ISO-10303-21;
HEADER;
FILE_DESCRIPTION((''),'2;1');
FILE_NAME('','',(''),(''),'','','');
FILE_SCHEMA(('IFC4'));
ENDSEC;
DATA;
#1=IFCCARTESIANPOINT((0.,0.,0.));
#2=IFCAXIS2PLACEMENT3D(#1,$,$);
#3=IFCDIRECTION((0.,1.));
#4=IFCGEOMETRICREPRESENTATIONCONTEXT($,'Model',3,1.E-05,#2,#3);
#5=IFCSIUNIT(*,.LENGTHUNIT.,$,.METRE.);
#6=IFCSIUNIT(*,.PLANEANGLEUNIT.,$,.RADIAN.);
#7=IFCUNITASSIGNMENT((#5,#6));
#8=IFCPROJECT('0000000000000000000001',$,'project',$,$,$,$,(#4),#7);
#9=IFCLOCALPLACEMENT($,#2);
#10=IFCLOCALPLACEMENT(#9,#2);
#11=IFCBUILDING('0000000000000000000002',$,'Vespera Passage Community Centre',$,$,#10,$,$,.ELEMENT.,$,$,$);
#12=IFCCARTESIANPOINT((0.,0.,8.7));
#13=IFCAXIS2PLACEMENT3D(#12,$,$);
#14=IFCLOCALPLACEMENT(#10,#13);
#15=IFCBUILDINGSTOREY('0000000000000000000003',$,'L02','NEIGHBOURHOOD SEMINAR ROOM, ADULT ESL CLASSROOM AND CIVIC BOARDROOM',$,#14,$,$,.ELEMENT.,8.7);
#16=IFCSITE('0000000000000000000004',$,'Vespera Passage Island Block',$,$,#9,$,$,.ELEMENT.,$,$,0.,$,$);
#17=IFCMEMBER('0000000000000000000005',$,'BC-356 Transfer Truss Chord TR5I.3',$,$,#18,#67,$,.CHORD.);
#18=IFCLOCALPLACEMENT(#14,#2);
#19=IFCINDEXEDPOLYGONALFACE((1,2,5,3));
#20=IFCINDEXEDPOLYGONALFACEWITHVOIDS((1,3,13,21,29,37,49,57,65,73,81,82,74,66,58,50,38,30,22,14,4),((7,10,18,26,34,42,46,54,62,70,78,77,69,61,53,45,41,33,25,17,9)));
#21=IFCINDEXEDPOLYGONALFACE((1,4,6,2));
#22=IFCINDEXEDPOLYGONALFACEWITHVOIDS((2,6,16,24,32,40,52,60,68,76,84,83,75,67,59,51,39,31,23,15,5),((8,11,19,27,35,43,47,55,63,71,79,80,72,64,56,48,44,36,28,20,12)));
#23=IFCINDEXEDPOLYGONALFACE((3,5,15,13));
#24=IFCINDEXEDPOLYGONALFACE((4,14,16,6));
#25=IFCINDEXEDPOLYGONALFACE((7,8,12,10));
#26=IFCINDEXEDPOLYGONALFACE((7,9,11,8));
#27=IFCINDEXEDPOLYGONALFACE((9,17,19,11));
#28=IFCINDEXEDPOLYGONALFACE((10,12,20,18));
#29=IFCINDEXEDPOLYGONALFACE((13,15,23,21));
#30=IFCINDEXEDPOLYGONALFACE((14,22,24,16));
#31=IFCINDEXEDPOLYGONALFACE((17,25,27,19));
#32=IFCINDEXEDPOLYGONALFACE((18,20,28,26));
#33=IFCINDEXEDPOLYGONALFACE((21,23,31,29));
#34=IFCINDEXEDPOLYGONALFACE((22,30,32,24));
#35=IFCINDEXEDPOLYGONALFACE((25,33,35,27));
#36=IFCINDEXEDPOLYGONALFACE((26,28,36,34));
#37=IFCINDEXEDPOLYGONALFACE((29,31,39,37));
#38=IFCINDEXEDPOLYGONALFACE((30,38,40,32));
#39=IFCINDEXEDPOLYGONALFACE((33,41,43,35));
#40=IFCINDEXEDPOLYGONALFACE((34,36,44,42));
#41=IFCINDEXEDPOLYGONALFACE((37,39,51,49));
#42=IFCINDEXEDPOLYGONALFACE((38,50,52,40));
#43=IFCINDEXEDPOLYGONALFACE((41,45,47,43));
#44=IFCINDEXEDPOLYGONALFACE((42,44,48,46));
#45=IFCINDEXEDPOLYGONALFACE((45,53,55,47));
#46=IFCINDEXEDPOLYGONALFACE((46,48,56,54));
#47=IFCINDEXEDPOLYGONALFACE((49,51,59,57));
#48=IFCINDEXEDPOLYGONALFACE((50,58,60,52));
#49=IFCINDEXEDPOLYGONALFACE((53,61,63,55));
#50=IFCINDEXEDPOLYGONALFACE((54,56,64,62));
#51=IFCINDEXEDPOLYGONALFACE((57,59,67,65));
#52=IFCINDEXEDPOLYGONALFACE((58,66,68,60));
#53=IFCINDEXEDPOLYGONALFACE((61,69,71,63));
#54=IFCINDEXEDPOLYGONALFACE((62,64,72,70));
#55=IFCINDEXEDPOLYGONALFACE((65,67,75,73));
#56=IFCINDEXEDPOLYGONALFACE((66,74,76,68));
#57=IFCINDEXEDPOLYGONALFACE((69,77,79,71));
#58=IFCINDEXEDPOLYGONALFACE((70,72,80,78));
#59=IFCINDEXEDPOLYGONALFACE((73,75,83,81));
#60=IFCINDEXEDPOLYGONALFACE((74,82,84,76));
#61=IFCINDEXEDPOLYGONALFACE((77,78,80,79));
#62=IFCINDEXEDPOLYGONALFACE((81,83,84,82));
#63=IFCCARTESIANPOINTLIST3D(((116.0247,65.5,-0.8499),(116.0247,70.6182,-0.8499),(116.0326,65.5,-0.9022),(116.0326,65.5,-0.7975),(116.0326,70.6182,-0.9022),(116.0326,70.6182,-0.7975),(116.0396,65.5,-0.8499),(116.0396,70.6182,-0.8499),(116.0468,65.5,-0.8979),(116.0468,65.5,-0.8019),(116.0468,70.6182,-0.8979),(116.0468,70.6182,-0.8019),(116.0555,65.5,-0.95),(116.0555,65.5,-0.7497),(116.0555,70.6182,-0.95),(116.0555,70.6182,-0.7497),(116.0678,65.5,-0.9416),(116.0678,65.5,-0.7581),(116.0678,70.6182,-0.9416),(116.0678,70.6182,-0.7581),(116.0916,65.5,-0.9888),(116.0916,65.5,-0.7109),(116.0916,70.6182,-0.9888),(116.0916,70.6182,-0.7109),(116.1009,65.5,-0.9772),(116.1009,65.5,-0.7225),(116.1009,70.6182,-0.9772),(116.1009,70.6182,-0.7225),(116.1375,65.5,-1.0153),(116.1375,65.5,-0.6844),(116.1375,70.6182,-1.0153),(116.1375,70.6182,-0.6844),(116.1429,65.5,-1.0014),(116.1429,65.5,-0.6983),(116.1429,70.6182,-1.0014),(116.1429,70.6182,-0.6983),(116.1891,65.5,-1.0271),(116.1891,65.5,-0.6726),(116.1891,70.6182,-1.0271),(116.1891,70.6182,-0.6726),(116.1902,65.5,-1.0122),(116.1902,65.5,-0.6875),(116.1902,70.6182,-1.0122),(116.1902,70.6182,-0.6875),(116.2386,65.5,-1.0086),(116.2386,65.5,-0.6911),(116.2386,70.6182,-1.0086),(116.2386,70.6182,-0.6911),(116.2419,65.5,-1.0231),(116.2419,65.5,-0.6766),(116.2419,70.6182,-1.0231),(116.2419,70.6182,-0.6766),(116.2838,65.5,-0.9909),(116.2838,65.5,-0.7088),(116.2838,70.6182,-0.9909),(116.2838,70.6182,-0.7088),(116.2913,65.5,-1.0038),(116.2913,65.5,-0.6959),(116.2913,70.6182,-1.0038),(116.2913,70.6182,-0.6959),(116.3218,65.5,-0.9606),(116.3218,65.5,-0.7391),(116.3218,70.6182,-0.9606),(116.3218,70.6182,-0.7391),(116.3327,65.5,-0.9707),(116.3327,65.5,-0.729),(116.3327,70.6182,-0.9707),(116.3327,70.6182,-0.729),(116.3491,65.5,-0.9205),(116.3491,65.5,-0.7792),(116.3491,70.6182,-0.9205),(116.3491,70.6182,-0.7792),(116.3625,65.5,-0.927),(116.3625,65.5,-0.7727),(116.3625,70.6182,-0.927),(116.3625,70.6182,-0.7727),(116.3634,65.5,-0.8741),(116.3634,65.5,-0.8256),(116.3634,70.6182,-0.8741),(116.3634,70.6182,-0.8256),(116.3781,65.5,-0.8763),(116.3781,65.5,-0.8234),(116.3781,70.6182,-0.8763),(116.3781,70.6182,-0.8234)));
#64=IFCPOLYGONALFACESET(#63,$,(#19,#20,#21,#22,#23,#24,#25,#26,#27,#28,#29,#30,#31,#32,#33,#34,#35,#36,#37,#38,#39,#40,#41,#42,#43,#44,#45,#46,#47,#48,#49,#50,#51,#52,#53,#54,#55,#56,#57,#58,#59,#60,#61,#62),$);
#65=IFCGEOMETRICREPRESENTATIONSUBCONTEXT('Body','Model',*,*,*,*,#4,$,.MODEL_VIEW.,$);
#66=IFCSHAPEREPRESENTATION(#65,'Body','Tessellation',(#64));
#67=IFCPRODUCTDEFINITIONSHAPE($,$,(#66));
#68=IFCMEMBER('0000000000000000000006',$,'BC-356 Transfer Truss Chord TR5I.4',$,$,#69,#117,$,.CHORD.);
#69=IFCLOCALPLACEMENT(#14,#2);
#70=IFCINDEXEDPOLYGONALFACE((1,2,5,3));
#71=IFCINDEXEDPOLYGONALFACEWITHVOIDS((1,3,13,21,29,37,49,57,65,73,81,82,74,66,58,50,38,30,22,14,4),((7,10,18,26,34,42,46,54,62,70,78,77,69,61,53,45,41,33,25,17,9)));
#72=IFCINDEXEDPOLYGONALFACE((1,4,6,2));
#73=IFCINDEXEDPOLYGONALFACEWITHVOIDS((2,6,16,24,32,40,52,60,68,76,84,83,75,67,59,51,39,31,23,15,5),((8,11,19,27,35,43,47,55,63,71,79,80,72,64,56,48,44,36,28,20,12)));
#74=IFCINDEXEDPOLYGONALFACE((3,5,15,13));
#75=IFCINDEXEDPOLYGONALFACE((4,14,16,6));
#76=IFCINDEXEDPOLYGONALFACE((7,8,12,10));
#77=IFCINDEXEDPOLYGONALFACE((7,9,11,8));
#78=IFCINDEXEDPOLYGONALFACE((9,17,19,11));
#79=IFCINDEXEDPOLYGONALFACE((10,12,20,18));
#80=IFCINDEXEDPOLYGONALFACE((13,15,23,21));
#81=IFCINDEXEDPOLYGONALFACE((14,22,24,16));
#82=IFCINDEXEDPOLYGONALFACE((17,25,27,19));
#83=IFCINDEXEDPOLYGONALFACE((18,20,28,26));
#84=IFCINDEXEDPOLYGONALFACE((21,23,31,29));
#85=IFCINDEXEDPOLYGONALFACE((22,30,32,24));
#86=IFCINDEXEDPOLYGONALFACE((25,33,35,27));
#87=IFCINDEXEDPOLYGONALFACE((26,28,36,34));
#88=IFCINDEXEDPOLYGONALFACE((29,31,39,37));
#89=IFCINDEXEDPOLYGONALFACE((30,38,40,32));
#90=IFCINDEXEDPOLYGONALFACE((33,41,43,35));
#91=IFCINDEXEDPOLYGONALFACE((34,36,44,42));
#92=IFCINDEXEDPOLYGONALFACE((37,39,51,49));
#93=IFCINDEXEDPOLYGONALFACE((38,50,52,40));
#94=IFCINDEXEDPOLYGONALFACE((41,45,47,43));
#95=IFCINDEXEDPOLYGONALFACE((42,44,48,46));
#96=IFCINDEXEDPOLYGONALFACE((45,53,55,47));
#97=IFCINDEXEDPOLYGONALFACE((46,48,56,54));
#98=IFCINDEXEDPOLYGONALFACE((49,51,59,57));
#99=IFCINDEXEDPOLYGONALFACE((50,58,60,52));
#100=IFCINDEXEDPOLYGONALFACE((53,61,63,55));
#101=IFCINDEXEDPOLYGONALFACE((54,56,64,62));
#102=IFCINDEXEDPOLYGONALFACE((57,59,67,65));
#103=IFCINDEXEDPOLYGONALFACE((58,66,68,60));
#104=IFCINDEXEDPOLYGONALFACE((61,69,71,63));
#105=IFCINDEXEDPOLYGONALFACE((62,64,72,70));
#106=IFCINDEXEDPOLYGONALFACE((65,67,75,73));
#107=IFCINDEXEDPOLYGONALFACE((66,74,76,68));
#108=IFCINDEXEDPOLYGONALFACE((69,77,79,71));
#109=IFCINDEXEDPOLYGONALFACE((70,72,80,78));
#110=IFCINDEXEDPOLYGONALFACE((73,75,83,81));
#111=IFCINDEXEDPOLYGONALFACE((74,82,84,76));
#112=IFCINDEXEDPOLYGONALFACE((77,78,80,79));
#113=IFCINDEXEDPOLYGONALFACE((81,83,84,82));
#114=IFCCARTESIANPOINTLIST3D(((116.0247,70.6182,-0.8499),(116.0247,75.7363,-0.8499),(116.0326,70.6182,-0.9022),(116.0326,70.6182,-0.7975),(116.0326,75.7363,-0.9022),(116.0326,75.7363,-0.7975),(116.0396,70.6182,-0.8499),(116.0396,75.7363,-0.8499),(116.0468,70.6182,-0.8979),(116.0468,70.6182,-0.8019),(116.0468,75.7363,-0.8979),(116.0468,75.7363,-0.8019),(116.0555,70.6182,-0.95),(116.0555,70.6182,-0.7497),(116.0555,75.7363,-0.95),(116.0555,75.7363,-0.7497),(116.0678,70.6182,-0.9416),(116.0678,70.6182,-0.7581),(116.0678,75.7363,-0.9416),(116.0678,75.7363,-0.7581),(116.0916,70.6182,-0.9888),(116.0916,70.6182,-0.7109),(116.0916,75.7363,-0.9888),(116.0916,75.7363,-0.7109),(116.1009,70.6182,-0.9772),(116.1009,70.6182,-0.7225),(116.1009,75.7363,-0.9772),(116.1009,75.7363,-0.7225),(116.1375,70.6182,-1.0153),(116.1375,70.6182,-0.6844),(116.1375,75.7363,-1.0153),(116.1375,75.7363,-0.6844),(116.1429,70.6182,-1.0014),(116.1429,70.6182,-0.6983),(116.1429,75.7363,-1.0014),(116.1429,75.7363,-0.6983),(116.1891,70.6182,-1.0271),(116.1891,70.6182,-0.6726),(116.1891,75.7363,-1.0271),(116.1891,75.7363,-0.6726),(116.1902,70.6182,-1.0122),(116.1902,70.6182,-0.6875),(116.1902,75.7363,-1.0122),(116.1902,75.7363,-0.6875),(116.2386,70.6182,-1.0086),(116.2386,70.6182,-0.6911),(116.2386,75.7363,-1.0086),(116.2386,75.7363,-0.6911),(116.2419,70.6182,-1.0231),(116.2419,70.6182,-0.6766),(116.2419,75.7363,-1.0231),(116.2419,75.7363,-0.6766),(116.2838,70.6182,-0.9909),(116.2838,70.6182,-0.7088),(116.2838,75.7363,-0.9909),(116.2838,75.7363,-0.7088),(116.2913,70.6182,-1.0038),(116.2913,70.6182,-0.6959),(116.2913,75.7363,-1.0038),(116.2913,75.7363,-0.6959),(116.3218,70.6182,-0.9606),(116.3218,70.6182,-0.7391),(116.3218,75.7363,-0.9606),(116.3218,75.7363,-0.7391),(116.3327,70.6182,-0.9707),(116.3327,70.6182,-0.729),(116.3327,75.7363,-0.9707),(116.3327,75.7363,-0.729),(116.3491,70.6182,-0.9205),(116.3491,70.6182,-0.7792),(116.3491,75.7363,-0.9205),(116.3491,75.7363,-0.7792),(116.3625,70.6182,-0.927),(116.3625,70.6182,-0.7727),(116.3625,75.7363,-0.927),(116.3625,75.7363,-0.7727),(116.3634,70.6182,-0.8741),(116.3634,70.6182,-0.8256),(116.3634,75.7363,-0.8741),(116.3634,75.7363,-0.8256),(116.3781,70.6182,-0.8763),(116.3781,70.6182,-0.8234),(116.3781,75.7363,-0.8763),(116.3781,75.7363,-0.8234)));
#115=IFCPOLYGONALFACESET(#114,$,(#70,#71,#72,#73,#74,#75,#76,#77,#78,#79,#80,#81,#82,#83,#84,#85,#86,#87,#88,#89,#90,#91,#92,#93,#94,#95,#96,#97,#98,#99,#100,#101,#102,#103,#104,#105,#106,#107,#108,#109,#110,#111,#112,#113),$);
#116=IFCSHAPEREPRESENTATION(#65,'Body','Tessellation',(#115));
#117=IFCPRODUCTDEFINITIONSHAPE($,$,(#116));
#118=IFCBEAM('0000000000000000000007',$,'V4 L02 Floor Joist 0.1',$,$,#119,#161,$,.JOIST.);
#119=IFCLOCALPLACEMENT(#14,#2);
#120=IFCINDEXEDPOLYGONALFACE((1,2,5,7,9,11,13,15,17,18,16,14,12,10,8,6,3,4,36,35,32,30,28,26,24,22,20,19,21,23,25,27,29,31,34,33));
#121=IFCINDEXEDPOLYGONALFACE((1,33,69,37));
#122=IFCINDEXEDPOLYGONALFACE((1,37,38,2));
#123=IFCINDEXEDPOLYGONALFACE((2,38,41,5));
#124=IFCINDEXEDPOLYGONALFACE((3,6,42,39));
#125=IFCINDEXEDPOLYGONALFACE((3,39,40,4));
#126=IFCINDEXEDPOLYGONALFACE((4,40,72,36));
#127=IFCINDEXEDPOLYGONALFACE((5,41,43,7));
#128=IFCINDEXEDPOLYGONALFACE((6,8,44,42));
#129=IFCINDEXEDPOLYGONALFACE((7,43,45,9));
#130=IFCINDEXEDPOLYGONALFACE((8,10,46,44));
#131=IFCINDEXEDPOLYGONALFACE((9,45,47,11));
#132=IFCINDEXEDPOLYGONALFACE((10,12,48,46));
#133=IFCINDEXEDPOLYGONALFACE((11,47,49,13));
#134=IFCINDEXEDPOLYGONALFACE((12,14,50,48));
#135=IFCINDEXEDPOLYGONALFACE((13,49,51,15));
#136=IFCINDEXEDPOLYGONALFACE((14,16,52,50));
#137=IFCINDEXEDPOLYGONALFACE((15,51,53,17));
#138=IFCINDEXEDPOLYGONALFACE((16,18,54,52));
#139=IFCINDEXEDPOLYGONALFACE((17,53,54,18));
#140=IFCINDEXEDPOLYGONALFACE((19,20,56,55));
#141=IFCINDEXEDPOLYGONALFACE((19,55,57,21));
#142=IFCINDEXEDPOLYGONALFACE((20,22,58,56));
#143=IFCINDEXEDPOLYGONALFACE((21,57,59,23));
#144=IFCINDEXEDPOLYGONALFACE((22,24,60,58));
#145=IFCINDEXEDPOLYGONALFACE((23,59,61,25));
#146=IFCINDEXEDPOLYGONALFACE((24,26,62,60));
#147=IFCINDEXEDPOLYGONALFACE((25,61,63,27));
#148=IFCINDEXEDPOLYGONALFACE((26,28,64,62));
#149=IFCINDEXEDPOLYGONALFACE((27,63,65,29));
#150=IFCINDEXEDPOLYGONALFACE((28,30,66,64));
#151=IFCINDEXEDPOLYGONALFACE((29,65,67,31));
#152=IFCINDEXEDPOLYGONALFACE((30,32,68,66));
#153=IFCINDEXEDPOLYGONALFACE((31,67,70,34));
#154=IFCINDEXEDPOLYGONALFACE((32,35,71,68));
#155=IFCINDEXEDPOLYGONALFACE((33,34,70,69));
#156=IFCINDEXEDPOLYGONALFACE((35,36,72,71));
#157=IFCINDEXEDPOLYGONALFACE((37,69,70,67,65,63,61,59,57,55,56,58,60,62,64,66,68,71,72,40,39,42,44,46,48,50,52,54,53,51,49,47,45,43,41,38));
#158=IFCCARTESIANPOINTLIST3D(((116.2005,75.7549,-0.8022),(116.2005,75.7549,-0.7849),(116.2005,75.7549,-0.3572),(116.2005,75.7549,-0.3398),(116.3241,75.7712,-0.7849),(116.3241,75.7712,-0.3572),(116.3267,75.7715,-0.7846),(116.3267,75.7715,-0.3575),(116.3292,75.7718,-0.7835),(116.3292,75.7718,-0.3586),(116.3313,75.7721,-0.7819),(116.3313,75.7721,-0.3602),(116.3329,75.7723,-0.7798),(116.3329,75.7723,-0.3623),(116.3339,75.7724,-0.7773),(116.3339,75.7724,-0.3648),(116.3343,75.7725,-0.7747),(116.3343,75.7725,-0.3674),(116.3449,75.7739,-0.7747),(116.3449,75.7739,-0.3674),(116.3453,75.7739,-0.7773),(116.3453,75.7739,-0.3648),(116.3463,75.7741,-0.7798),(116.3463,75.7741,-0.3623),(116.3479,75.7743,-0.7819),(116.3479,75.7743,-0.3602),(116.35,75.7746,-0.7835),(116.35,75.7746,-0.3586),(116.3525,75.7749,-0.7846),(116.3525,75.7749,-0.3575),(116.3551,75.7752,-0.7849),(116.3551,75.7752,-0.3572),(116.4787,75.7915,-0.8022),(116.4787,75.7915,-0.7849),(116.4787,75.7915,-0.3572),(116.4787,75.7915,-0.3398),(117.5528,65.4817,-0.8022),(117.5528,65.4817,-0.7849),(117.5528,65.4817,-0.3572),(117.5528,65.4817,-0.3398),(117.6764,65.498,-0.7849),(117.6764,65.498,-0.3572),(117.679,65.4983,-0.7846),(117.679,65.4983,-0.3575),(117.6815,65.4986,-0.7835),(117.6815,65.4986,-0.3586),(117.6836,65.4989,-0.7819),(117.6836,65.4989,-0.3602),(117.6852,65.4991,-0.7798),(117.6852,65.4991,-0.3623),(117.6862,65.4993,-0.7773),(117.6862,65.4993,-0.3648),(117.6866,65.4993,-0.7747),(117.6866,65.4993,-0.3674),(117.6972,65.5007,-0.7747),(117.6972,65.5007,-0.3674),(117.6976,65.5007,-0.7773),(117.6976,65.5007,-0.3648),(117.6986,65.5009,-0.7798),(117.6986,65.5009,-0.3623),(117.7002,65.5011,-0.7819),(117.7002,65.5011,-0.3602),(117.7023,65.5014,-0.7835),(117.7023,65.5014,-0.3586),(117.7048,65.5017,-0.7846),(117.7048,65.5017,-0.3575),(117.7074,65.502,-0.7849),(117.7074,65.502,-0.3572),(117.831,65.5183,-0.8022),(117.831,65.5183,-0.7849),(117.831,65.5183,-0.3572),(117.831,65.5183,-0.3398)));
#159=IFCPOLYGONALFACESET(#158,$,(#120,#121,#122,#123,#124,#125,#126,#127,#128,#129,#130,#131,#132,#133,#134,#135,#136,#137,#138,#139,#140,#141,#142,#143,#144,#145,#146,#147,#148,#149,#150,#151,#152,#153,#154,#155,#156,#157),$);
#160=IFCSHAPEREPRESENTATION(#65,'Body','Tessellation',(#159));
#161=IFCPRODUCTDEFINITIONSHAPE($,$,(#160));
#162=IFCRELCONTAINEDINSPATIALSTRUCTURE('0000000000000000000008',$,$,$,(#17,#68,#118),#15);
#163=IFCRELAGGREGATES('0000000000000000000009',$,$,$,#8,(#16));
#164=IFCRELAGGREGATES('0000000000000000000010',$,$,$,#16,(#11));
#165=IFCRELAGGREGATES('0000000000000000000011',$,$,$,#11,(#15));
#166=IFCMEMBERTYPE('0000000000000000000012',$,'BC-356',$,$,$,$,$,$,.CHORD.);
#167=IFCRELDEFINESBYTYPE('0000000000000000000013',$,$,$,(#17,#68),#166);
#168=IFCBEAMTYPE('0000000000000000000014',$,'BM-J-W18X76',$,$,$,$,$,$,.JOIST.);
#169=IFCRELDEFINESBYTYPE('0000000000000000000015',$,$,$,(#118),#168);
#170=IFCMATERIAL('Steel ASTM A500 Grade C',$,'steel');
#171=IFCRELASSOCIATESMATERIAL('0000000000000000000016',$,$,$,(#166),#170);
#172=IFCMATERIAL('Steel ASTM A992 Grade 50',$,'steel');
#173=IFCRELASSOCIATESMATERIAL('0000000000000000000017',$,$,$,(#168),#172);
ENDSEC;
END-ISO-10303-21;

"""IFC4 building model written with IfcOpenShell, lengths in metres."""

from ifc_helpers import new_model, si_unit, direction, frame, origin, origin_2d, place, context, subcontext, project, spatial, hollow_circle, i_section, extrude, material, material_profile, profile_set, type_object, element, save


model = new_model("IFC4")

# Units and contexts
model_context = context("Model", 3, precision=1e-05, world=origin(), true_north=direction((0.0, 1.0)))
body_context = subcontext(model_context, "Body", "Model", "MODEL_VIEW")
ifc_project = project(units=[si_unit("LENGTHUNIT", "METRE"), si_unit("PLANEANGLEUNIT", "RADIAN")], contexts=[model_context])

# Site, building, storey
site_placement = place(None, origin())
site = spatial("IfcSite", under=ifc_project, at=site_placement, Name="Vespera Passage Island Block", CompositionType="ELEMENT", RefElevation=0.0)
building_placement = place(site_placement, origin())
building = spatial("IfcBuilding", under=site, at=building_placement, Name="Vespera Passage Community Centre", CompositionType="ELEMENT")
storey_placement = place(building_placement, frame((0.0, 0.0, 8.7)))
storey = spatial("IfcBuildingStorey", under=building, at=storey_placement, Name="L02", Description="NEIGHBOURHOOD SEMINAR ROOM, ADULT ESL CLASSROOM AND CIVIC BOARDROOM", CompositionType="ELEMENT", Elevation=8.7)

# Members
ifc_material_1 = material(Name="Steel ASTM A500 Grade C", Category="steel")
ifc_material_profile_1 = material_profile(ifc_material_1, hollow_circle(Radius=0.1777, WallThickness=0.0149, at=origin_2d()), Name="CHS356X15.9")
ifc_profile_set_1 = profile_set([ifc_material_profile_1], Name="Steel ASTM A500 Grade C")
member_type_1 = type_object("IfcMemberType", Name="BC-356", PredefinedType="CHORD", material=ifc_profile_set_1)
for number, where, z_axis, x_axis, name in (
    (1, (116.2024, 65.5, -0.8499), (0.0, 1.0, 0.0), (-1.0, 0.0, 0.0), "BC-356 Transfer Truss Chord TR5I.3"),
    (2, (116.2024, 70.6182, -0.8499), (0.0, 1.0, 0.0), (-1.0, 0.0, 0.0), "BC-356 Transfer Truss Chord TR5I.4"),
):
    element("IfcMember", number, at=place(storey_placement, frame(where, z_axis=z_axis, x_axis=x_axis)), inside=storey, type_object=member_type_1, Name=name, PredefinedType="CHORD", context=body_context, shape_type="SweptSolid", body=[
        extrude(hollow_circle(Radius=0.1777, WallThickness=0.0149, at=origin_2d()), origin(), (0.0, 0.0, 1.0), 5.1182),
    ])

# Beam
ifc_material_2 = material(Name="Steel ASTM A992 Grade 50", Category="steel")
ifc_material_profile_2 = material_profile(ifc_material_2, i_section(OverallWidth=0.2805, OverallDepth=0.4624, WebThickness=0.0107, FlangeThickness=0.0173, FilletRadius=0.0103, at=origin_2d()), Name="W18X76")
ifc_profile_set_2 = profile_set([ifc_material_profile_2], Name="Steel ASTM A992 Grade 50")
beam_type_1 = type_object("IfcBeamType", Name="BM-J-W18X76", PredefinedType="JOIST", material=ifc_profile_set_2)
beam_1_placement = place(storey_placement, frame((117.6919, 65.5, -0.571), z_axis=(-0.130508, 0.991447, 0.0), x_axis=(-0.991447, -0.130508, 0.0)))
element("IfcBeam", 3, at=beam_1_placement, inside=storey, type_object=beam_type_1, Name="V4 L02 Floor Joist 0.1", PredefinedType="JOIST", context=body_context, shape_type="SweptSolid", body=[
    extrude(i_section(OverallWidth=0.2805, OverallDepth=0.4624, WebThickness=0.0107, FlangeThickness=0.0173, FilletRadius=0.0103, at=origin_2d()), origin(), (0.0, 0.0, 1.0), 10.3618),
])

save(model, "model.ifc")
